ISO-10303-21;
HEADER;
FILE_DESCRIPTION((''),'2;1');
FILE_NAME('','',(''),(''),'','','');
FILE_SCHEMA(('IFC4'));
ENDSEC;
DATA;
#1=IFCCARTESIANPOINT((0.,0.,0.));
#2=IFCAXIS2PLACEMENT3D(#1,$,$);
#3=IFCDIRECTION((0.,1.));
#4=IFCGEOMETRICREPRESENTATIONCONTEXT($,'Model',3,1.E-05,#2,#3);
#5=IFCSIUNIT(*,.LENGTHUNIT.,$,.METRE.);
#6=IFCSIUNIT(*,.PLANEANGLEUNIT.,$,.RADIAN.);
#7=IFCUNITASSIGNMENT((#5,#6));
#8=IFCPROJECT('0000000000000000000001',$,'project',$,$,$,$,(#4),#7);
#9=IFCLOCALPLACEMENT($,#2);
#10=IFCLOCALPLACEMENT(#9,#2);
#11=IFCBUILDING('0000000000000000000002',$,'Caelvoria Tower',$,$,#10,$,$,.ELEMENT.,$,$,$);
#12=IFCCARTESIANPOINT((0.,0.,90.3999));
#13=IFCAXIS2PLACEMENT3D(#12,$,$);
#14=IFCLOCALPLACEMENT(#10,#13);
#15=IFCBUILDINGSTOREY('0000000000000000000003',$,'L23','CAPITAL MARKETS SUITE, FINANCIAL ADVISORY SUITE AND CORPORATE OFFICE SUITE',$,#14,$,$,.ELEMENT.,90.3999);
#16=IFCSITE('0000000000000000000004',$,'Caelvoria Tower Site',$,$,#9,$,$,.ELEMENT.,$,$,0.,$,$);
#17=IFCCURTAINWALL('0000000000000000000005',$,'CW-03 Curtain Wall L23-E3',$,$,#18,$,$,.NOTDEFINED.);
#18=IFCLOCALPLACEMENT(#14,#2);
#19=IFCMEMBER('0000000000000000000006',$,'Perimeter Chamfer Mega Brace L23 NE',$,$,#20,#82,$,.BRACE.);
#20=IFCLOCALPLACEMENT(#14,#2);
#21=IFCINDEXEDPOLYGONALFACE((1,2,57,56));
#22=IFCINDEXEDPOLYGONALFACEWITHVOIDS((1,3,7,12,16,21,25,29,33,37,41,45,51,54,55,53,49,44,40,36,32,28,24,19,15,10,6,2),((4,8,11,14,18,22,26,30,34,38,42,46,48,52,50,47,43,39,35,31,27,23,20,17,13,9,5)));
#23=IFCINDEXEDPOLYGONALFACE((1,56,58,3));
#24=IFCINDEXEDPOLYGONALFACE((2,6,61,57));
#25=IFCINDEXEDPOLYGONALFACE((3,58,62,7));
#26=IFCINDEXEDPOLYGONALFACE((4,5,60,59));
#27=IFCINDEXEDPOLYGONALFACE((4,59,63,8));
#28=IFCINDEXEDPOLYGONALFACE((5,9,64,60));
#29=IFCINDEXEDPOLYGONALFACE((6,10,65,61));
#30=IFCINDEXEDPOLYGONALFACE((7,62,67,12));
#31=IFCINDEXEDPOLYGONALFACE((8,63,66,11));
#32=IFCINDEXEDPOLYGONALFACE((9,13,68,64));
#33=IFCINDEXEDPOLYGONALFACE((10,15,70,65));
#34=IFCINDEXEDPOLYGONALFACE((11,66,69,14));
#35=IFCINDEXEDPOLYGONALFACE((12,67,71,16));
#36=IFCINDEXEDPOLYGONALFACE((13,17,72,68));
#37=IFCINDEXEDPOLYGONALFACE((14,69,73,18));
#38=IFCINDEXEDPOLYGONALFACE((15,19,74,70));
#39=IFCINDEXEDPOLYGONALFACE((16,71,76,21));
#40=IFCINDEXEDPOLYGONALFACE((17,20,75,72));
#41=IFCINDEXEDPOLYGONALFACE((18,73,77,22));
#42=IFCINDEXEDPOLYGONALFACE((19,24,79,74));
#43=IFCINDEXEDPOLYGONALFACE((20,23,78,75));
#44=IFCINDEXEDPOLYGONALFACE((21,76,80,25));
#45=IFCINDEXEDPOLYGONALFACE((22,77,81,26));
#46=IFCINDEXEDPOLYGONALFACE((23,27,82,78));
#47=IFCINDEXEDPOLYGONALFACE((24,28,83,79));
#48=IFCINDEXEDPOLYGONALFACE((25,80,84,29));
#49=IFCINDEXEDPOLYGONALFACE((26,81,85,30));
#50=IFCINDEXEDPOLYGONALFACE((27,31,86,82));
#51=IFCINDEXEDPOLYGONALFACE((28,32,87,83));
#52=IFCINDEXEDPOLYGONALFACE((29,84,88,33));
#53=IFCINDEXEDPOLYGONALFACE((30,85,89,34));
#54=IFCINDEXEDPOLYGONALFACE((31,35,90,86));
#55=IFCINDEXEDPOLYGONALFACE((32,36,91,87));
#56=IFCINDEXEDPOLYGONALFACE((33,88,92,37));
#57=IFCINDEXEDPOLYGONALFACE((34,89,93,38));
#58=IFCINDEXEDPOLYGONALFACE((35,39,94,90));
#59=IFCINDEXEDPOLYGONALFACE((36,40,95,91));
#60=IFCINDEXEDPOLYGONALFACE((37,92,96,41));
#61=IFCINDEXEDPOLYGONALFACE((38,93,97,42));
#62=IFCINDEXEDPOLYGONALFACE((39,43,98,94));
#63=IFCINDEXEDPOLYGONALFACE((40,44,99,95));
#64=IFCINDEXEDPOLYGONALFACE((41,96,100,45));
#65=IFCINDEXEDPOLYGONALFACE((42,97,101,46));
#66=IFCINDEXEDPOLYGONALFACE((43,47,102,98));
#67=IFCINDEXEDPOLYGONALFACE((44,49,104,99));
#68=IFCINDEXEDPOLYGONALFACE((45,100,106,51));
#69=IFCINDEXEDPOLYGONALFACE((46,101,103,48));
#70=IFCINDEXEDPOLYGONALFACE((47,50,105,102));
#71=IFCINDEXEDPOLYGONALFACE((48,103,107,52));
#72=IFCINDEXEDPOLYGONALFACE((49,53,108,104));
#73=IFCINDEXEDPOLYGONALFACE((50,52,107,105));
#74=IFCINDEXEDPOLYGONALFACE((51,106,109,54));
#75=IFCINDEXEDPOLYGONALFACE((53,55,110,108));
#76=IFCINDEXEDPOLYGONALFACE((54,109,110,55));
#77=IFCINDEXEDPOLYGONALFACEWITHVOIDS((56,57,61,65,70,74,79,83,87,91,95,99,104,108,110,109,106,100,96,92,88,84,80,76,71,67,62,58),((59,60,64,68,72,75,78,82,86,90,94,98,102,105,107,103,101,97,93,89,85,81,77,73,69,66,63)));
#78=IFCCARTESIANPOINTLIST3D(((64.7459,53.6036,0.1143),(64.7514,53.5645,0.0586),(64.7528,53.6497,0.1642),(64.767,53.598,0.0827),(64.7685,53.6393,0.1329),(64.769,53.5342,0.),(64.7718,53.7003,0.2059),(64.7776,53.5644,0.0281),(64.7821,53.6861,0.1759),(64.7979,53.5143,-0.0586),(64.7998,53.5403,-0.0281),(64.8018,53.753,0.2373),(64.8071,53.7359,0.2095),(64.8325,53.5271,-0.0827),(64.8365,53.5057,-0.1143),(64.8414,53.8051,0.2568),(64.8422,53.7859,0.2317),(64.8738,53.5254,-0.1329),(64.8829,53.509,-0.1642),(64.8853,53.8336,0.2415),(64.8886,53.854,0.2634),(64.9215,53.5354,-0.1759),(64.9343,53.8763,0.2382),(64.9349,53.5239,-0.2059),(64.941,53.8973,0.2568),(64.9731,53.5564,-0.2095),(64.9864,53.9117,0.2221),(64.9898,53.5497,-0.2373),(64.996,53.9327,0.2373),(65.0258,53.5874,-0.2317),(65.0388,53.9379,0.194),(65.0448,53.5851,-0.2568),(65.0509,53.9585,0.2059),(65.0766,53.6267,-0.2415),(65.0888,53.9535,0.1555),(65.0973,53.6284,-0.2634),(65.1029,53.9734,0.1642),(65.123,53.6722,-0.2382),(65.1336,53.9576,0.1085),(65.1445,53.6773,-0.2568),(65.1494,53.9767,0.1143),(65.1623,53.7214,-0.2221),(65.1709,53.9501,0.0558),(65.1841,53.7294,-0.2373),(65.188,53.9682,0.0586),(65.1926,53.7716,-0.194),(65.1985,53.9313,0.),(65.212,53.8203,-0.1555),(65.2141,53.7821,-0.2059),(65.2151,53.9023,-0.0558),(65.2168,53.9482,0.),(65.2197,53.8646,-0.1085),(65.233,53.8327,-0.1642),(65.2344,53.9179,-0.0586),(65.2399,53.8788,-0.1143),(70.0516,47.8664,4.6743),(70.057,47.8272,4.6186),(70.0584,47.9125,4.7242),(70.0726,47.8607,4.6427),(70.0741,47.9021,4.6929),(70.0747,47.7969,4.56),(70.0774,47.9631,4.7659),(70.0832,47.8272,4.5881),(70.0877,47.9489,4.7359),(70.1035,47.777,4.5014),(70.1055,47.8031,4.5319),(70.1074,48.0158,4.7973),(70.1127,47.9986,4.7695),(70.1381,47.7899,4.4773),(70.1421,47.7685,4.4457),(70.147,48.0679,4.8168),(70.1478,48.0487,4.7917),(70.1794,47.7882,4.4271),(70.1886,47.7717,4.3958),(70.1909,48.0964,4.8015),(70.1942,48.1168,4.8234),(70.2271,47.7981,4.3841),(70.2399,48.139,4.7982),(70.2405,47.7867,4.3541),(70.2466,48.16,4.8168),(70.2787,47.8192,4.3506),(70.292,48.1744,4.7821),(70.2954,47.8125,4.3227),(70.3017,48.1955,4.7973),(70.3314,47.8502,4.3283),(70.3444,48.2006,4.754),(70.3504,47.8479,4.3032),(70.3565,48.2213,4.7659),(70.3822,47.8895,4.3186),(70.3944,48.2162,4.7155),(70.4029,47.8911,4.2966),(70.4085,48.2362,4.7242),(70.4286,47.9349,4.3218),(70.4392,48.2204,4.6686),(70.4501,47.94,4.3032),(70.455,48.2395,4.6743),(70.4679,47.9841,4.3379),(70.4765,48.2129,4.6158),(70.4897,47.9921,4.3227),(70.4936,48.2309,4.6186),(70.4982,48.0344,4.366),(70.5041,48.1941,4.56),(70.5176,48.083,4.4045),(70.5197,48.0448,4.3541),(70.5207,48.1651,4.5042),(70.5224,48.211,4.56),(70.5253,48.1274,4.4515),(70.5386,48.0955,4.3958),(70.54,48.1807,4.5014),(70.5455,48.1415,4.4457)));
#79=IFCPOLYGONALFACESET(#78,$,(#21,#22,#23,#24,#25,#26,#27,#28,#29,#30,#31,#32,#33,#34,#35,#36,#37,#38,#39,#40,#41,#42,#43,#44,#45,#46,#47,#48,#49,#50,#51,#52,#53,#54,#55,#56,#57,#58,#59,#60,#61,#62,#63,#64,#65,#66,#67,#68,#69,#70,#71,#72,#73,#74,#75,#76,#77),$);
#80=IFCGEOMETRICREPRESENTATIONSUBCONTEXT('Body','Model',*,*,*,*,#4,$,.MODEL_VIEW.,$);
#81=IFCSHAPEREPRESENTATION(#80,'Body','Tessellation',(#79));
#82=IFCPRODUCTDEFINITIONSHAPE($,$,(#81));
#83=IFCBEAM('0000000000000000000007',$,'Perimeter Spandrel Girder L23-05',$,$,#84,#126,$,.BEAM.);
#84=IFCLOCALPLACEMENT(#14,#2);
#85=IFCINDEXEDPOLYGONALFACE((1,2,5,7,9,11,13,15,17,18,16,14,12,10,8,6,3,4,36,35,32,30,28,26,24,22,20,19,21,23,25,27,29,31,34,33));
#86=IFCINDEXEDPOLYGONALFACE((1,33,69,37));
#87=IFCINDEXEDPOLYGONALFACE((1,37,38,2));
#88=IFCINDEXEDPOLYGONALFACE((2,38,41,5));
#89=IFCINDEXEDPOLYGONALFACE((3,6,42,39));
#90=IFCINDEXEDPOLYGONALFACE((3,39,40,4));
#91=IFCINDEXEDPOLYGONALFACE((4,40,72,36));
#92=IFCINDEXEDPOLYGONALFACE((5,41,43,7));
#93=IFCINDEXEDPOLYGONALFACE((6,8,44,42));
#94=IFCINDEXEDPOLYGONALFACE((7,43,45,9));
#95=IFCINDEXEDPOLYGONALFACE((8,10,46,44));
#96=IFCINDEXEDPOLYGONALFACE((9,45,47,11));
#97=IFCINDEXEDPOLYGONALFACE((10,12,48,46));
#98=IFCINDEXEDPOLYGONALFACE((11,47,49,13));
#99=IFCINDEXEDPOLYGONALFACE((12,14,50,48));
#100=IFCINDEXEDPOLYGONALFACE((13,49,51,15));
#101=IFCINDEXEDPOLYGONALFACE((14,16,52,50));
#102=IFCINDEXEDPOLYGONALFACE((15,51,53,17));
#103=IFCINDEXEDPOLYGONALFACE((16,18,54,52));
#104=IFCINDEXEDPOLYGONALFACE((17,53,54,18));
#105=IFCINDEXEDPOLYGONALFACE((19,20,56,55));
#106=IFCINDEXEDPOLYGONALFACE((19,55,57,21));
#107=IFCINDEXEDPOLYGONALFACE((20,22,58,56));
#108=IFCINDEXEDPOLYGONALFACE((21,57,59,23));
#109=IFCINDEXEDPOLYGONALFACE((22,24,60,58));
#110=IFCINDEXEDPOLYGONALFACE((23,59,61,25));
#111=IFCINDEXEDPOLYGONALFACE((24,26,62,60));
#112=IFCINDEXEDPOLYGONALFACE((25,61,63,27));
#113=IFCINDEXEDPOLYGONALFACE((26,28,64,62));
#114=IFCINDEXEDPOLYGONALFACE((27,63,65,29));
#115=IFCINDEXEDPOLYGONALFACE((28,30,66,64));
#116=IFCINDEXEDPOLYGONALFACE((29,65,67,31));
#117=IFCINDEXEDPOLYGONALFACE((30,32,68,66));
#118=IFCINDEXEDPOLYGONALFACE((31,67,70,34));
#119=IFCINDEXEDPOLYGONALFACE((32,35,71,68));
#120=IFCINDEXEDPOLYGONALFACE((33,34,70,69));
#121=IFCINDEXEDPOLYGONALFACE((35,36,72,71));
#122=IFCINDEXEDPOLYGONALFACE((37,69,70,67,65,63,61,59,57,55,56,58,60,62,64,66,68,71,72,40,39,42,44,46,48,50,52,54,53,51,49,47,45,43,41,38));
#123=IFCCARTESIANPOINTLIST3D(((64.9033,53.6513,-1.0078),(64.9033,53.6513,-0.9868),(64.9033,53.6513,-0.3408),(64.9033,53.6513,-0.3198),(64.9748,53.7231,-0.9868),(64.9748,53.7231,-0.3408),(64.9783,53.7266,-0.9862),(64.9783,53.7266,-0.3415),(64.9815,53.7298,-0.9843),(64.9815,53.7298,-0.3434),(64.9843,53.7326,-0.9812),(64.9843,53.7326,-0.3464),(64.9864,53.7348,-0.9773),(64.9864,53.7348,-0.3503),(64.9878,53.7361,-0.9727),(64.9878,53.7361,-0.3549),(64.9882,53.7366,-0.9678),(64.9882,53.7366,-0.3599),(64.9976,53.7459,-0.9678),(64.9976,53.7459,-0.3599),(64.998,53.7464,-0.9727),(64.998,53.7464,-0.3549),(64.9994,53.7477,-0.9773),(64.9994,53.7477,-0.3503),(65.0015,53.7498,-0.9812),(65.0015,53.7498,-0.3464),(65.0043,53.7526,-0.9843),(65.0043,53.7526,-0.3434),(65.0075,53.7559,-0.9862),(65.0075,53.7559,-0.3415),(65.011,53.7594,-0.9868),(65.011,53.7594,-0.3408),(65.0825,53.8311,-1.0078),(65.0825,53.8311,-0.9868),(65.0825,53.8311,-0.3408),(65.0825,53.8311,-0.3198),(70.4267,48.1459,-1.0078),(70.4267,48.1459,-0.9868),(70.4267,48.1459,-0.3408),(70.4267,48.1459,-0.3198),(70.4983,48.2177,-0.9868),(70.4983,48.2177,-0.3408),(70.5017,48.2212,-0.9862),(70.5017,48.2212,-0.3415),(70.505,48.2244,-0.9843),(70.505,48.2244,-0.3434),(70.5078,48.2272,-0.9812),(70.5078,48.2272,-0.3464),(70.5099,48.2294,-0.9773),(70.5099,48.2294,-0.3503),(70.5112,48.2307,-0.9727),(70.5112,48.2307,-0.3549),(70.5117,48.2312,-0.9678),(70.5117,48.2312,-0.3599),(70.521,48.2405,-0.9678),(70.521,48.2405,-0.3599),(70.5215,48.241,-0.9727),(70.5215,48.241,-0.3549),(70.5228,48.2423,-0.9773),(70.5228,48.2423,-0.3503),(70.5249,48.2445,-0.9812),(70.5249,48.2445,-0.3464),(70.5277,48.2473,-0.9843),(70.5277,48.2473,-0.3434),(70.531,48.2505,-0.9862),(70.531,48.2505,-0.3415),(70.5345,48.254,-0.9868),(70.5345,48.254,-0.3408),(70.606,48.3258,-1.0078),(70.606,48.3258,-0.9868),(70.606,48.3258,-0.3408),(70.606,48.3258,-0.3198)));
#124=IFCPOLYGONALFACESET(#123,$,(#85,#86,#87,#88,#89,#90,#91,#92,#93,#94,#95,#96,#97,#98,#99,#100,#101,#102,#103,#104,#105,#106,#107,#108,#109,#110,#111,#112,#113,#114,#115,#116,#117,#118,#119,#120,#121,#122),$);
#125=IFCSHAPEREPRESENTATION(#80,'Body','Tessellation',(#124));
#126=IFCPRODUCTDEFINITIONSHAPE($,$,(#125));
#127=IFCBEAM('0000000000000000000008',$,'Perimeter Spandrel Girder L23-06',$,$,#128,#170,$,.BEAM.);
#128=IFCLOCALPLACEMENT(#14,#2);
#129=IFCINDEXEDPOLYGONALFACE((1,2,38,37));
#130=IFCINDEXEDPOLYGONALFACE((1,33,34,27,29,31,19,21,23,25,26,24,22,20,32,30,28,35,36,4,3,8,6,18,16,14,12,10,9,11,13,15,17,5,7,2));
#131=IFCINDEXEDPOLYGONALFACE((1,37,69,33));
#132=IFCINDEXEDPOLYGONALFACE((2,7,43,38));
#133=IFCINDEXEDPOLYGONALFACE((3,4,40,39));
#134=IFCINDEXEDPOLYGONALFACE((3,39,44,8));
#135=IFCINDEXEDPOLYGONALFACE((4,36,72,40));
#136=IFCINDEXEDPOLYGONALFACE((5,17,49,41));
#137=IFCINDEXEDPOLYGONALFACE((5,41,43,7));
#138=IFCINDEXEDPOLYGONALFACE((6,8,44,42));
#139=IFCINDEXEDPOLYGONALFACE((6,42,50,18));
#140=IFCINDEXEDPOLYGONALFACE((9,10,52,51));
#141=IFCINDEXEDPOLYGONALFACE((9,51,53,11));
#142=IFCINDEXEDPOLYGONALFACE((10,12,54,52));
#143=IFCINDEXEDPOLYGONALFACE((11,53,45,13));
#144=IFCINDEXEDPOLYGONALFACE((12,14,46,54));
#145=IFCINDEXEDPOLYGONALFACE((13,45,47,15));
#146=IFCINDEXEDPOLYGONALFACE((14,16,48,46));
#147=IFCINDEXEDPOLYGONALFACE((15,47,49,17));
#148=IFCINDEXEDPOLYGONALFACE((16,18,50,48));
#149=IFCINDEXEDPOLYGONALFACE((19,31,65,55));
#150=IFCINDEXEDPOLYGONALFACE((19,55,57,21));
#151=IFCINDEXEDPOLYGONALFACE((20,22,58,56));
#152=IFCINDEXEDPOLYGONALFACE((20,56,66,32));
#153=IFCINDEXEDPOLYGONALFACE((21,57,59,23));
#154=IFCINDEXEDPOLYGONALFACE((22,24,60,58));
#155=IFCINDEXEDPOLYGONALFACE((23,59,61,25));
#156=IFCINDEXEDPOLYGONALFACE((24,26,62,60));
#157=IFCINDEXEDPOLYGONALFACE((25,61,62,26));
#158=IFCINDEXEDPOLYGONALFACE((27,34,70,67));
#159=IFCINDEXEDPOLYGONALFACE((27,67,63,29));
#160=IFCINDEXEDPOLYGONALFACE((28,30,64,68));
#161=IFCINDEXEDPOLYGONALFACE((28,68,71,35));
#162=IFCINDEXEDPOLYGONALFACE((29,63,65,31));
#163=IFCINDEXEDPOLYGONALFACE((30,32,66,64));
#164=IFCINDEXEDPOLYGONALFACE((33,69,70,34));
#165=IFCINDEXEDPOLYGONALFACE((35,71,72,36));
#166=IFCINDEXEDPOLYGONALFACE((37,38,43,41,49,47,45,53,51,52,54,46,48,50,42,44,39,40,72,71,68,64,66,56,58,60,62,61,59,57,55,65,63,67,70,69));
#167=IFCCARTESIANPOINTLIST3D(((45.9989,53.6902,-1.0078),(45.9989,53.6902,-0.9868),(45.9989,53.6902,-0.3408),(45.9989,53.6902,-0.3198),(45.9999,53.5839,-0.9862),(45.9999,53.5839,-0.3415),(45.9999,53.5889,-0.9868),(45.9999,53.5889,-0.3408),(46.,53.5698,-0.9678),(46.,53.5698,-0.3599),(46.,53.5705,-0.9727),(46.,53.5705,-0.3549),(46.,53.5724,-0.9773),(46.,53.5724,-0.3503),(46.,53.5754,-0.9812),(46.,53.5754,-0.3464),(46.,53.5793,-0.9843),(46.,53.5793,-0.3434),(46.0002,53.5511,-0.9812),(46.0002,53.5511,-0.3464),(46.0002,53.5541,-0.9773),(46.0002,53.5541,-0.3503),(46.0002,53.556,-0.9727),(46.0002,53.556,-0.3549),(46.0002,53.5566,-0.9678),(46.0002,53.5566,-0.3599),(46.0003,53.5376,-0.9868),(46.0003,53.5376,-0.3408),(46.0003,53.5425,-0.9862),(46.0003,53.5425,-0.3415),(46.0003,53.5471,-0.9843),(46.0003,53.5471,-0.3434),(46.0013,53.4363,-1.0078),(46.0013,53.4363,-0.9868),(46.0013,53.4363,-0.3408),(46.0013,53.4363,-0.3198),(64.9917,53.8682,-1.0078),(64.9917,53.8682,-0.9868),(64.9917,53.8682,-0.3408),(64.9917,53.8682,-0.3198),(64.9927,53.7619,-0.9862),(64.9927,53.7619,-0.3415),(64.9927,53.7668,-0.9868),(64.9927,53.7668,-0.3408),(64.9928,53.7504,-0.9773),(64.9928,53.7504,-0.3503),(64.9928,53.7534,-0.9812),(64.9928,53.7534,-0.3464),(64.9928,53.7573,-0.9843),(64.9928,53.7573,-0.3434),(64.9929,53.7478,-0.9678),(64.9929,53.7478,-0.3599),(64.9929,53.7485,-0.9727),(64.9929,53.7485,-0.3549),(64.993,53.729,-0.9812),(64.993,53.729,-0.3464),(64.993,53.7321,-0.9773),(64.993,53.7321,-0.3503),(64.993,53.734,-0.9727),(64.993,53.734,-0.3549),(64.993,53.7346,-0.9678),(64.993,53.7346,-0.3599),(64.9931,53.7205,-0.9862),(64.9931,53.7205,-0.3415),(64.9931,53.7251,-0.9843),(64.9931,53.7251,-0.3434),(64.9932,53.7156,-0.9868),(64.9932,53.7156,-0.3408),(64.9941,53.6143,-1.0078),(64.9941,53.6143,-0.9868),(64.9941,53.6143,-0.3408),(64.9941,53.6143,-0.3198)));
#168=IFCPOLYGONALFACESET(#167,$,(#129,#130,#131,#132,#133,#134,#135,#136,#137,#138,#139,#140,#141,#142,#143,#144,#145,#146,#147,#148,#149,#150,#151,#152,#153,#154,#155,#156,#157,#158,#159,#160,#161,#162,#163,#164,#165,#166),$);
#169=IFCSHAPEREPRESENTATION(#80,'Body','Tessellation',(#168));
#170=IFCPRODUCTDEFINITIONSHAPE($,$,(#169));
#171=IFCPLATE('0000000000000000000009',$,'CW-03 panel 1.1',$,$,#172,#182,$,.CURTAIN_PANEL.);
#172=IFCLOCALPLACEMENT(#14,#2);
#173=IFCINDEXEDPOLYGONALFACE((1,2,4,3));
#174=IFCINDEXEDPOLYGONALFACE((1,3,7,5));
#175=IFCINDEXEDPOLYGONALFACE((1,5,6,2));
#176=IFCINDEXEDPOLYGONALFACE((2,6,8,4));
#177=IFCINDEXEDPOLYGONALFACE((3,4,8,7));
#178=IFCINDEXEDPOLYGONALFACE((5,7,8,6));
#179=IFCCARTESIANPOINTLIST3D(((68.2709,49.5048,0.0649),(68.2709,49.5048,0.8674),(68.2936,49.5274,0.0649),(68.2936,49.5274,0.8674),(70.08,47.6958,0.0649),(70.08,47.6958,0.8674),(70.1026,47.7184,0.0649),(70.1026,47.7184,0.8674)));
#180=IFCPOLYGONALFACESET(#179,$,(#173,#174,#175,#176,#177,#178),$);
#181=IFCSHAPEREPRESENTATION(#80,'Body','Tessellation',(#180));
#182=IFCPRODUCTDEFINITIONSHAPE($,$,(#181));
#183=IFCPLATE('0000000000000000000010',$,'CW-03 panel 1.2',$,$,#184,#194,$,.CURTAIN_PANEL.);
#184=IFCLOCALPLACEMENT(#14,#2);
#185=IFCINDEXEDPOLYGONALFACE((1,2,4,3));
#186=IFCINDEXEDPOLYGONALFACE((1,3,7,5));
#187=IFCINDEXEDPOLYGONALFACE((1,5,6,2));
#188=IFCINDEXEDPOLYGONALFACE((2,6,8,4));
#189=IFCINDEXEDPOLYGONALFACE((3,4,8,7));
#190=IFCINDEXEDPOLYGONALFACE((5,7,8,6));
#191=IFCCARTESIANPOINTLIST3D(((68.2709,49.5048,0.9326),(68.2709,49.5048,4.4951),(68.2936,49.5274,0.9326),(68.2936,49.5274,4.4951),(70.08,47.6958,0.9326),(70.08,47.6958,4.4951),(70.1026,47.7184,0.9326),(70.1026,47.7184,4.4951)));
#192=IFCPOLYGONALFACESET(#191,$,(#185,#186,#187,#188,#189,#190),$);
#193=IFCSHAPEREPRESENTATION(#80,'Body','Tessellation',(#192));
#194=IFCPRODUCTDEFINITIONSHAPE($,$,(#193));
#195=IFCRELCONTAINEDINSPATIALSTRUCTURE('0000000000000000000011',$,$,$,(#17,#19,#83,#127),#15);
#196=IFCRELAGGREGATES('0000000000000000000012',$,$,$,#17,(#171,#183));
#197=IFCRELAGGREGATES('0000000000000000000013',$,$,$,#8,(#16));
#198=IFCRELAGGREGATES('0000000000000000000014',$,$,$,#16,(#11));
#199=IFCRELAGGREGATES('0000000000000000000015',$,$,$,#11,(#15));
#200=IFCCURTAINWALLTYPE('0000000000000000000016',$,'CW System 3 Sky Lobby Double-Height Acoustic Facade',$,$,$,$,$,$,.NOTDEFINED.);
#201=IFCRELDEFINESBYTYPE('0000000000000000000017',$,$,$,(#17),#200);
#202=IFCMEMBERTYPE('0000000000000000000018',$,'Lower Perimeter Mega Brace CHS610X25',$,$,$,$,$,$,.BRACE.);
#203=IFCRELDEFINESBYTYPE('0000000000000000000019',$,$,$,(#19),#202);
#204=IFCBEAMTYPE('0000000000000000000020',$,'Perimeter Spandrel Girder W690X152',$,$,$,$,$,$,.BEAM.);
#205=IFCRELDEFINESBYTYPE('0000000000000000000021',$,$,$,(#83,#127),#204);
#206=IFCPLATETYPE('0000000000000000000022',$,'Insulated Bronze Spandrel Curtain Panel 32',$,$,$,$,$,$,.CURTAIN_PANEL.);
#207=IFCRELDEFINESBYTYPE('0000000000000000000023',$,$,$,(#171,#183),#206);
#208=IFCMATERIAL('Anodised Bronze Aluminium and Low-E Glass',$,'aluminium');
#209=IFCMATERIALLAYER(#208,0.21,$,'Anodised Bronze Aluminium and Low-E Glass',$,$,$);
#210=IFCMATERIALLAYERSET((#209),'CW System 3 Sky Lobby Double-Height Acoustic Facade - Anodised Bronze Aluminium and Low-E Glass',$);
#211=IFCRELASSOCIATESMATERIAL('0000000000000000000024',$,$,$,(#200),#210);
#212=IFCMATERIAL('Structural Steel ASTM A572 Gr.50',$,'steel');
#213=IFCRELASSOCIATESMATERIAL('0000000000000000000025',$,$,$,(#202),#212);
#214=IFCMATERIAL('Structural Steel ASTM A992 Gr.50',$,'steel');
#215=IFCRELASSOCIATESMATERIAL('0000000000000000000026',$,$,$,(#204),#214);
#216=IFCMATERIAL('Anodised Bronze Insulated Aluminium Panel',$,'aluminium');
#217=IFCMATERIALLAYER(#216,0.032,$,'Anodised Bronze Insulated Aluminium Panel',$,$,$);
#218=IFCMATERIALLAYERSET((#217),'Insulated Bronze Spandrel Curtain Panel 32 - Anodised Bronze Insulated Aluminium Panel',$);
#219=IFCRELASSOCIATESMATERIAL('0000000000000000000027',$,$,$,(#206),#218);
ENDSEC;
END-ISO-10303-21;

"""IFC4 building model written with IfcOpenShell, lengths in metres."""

from ifc_helpers import new_model, si_unit, direction, frame, origin, origin_2d, place, context, subcontext, project, spatial, rectangle, hollow_circle, i_section, extrude, material, layer, layer_set, material_profile, profile_set, type_object, element, aggregate, save


model = new_model("IFC4")

# Units and contexts
model_context = context("Model", 3, precision=1e-05, world=origin(), true_north=direction((0.0, 1.0)))
body_context = subcontext(model_context, "Body", "Model", "MODEL_VIEW")
ifc_project = project(units=[si_unit("LENGTHUNIT", "METRE"), si_unit("PLANEANGLEUNIT", "RADIAN")], contexts=[model_context])

# Site, building, storey
site_placement = place(None, origin())
site = spatial("IfcSite", under=ifc_project, at=site_placement, Name="Caelvoria Tower Site", CompositionType="ELEMENT", RefElevation=0.0)
building_placement = place(site_placement, origin())
building = spatial("IfcBuilding", under=site, at=building_placement, Name="Caelvoria Tower", CompositionType="ELEMENT")
storey_placement = place(building_placement, frame((0.0, 0.0, 90.3999)))
storey = spatial("IfcBuildingStorey", under=building, at=storey_placement, Name="L23", Description="CAPITAL MARKETS SUITE, FINANCIAL ADVISORY SUITE AND CORPORATE OFFICE SUITE", CompositionType="ELEMENT", Elevation=90.3999)

# Shared definitions
ifc_material_1 = material(Name="Structural Steel ASTM A572 Gr.50", Category="steel")

# Shared definitions
ifc_material_2 = material(Name="Anodised Bronze Aluminium and Low-E Glass", Category="aluminium")
ifc_layer_1 = layer(ifc_material_2, 0.21, Name="Anodised Bronze Aluminium and Low-E Glass")
ifc_layer_set_1 = layer_set([ifc_layer_1], Name="CW System 3 Sky Lobby Double-Height Acoustic Facade - Anodised Bronze Aluminium and Low-E Glass")
curtain_wall_type = type_object("IfcCurtainWallType", Name="CW System 3 Sky Lobby Double-Height Acoustic Facade", PredefinedType="NOTDEFINED", material=ifc_layer_set_1)

# Curtain wall
curtain_wall_1_placement = place(storey_placement, origin())
curtain_wall_1 = element("IfcCurtainWall", 1, at=curtain_wall_1_placement, inside=storey, type_object=curtain_wall_type, Name="CW-03 Curtain Wall L23-E3", PredefinedType="NOTDEFINED")

# Member
ifc_material_profile_1 = material_profile(ifc_material_1, hollow_circle(Radius=0.3049, WallThickness=0.0249, at=origin_2d()), Name="Structural Steel ASTM A572 Gr.50")
ifc_profile_set_1 = profile_set([ifc_material_profile_1], Name="CHS610X25 - Structural Steel ASTM A572 Gr.50")
member_type_1 = type_object("IfcMemberType", Name="Lower Perimeter Mega Brace CHS610X25", PredefinedType="BRACE", material=ifc_profile_set_1)
member_1_placement = place(storey_placement, frame((64.9929, 53.7412, 0.0), z_axis=(0.58641, -0.634117, 0.504002), x_axis=(0.734185, 0.678949, 0.0)))
element("IfcMember", 2, at=member_1_placement, inside=storey, type_object=member_type_1, Name="Perimeter Chamfer Mega Brace L23 NE", PredefinedType="BRACE", context=body_context, shape_type="SweptSolid", body=[
    extrude(hollow_circle(Radius=0.3049, WallThickness=0.0249, at=origin_2d()), origin(), (0.0, 0.0, 1.0), 9.0476),
])

# Beams
ifc_material_3 = material(Name="Structural Steel ASTM A992 Gr.50", Category="steel")
ifc_material_profile_2 = material_profile(ifc_material_3, i_section(OverallWidth=0.2539, OverallDepth=0.688, WebThickness=0.0132, FlangeThickness=0.021, FilletRadius=0.019, at=origin_2d()), Name="Structural Steel ASTM A992 Gr.50")
ifc_profile_set_2 = profile_set([ifc_material_profile_2], Name="W690X152 - Structural Steel ASTM A992 Gr.50")
beam_type = type_object("IfcBeamType", Name="Perimeter Spandrel Girder W690X152", PredefinedType="BEAM", material=ifc_profile_set_2)
beam_1_placement = place(storey_placement, frame((70.5164, 48.2358, -0.6638), z_axis=(-0.708264, 0.705948, 0.0), x_axis=(-0.705948, -0.708264, 0.0)))
element("IfcBeam", 3, at=beam_1_placement, inside=storey, type_object=beam_type, Name="Perimeter Spandrel Girder L23-05", PredefinedType="BEAM", context=body_context, shape_type="SweptSolid", body=[
    extrude(i_section(OverallWidth=0.2539, OverallDepth=0.688, WebThickness=0.0132, FlangeThickness=0.021, FilletRadius=0.019, at=origin_2d()), origin(), (0.0, 0.0, 1.0), 7.7986),
])
beam_2_placement = place(storey_placement, frame((64.9929, 53.7412, -0.6638), z_axis=(-0.999956, -0.00937, 0.0), x_axis=(0.00937, -0.999956, 0.0)))
element("IfcBeam", 4, at=beam_2_placement, inside=storey, type_object=beam_type, Name="Perimeter Spandrel Girder L23-06", PredefinedType="BEAM", context=body_context, shape_type="SweptSolid", body=[
    extrude(i_section(OverallWidth=0.2539, OverallDepth=0.688, WebThickness=0.0132, FlangeThickness=0.021, FilletRadius=0.019, at=origin_2d()), origin(), (0.0, 0.0, 1.0), 18.9937),
])

# Plates
ifc_material_4 = material(Name="Anodised Bronze Insulated Aluminium Panel", Category="aluminium")
ifc_layer_2 = layer(ifc_material_4, 0.032, Name="Anodised Bronze Insulated Aluminium Panel")
ifc_layer_set_2 = layer_set([ifc_layer_2], Name="Insulated Bronze Spandrel Curtain Panel 32 - Anodised Bronze Insulated Aluminium Panel")
plate_type_1 = type_object("IfcPlateType", Name="Insulated Bronze Spandrel Curtain Panel 32", PredefinedType="CURTAIN_PANEL", material=ifc_layer_set_2)
plate_1_placement = place(storey_placement, frame((69.1868, 48.6116, 0.0649), z_axis=(0.0, 0.0, 1.0), x_axis=(-0.707107, 0.707107, 0.0)))
plate_1 = element("IfcPlate", 5, at=plate_1_placement, type_object=plate_type_1, Name="CW-03 panel 1.1", PredefinedType="CURTAIN_PANEL", context=body_context, shape_type="SweptSolid", body=[
    extrude(rectangle(XDim=2.5583, YDim=0.032, at=origin_2d()), origin(), (0.0, 0.0, 1.0), 0.8025),
])
plate_2_placement = place(storey_placement, frame((69.1868, 48.6116, 0.9326), z_axis=(0.0, 0.0, 1.0), x_axis=(-0.707107, 0.707107, 0.0)))
plate_2 = element("IfcPlate", 6, at=plate_2_placement, type_object=plate_type_1, Name="CW-03 panel 1.2", PredefinedType="CURTAIN_PANEL", context=body_context, shape_type="SweptSolid", body=[
    extrude(rectangle(XDim=2.5583, YDim=0.032, at=origin_2d()), origin(), (0.0, 0.0, 1.0), 3.5625),
])
aggregate(curtain_wall_1, [plate_1, plate_2])

save(model, "model.ifc")
